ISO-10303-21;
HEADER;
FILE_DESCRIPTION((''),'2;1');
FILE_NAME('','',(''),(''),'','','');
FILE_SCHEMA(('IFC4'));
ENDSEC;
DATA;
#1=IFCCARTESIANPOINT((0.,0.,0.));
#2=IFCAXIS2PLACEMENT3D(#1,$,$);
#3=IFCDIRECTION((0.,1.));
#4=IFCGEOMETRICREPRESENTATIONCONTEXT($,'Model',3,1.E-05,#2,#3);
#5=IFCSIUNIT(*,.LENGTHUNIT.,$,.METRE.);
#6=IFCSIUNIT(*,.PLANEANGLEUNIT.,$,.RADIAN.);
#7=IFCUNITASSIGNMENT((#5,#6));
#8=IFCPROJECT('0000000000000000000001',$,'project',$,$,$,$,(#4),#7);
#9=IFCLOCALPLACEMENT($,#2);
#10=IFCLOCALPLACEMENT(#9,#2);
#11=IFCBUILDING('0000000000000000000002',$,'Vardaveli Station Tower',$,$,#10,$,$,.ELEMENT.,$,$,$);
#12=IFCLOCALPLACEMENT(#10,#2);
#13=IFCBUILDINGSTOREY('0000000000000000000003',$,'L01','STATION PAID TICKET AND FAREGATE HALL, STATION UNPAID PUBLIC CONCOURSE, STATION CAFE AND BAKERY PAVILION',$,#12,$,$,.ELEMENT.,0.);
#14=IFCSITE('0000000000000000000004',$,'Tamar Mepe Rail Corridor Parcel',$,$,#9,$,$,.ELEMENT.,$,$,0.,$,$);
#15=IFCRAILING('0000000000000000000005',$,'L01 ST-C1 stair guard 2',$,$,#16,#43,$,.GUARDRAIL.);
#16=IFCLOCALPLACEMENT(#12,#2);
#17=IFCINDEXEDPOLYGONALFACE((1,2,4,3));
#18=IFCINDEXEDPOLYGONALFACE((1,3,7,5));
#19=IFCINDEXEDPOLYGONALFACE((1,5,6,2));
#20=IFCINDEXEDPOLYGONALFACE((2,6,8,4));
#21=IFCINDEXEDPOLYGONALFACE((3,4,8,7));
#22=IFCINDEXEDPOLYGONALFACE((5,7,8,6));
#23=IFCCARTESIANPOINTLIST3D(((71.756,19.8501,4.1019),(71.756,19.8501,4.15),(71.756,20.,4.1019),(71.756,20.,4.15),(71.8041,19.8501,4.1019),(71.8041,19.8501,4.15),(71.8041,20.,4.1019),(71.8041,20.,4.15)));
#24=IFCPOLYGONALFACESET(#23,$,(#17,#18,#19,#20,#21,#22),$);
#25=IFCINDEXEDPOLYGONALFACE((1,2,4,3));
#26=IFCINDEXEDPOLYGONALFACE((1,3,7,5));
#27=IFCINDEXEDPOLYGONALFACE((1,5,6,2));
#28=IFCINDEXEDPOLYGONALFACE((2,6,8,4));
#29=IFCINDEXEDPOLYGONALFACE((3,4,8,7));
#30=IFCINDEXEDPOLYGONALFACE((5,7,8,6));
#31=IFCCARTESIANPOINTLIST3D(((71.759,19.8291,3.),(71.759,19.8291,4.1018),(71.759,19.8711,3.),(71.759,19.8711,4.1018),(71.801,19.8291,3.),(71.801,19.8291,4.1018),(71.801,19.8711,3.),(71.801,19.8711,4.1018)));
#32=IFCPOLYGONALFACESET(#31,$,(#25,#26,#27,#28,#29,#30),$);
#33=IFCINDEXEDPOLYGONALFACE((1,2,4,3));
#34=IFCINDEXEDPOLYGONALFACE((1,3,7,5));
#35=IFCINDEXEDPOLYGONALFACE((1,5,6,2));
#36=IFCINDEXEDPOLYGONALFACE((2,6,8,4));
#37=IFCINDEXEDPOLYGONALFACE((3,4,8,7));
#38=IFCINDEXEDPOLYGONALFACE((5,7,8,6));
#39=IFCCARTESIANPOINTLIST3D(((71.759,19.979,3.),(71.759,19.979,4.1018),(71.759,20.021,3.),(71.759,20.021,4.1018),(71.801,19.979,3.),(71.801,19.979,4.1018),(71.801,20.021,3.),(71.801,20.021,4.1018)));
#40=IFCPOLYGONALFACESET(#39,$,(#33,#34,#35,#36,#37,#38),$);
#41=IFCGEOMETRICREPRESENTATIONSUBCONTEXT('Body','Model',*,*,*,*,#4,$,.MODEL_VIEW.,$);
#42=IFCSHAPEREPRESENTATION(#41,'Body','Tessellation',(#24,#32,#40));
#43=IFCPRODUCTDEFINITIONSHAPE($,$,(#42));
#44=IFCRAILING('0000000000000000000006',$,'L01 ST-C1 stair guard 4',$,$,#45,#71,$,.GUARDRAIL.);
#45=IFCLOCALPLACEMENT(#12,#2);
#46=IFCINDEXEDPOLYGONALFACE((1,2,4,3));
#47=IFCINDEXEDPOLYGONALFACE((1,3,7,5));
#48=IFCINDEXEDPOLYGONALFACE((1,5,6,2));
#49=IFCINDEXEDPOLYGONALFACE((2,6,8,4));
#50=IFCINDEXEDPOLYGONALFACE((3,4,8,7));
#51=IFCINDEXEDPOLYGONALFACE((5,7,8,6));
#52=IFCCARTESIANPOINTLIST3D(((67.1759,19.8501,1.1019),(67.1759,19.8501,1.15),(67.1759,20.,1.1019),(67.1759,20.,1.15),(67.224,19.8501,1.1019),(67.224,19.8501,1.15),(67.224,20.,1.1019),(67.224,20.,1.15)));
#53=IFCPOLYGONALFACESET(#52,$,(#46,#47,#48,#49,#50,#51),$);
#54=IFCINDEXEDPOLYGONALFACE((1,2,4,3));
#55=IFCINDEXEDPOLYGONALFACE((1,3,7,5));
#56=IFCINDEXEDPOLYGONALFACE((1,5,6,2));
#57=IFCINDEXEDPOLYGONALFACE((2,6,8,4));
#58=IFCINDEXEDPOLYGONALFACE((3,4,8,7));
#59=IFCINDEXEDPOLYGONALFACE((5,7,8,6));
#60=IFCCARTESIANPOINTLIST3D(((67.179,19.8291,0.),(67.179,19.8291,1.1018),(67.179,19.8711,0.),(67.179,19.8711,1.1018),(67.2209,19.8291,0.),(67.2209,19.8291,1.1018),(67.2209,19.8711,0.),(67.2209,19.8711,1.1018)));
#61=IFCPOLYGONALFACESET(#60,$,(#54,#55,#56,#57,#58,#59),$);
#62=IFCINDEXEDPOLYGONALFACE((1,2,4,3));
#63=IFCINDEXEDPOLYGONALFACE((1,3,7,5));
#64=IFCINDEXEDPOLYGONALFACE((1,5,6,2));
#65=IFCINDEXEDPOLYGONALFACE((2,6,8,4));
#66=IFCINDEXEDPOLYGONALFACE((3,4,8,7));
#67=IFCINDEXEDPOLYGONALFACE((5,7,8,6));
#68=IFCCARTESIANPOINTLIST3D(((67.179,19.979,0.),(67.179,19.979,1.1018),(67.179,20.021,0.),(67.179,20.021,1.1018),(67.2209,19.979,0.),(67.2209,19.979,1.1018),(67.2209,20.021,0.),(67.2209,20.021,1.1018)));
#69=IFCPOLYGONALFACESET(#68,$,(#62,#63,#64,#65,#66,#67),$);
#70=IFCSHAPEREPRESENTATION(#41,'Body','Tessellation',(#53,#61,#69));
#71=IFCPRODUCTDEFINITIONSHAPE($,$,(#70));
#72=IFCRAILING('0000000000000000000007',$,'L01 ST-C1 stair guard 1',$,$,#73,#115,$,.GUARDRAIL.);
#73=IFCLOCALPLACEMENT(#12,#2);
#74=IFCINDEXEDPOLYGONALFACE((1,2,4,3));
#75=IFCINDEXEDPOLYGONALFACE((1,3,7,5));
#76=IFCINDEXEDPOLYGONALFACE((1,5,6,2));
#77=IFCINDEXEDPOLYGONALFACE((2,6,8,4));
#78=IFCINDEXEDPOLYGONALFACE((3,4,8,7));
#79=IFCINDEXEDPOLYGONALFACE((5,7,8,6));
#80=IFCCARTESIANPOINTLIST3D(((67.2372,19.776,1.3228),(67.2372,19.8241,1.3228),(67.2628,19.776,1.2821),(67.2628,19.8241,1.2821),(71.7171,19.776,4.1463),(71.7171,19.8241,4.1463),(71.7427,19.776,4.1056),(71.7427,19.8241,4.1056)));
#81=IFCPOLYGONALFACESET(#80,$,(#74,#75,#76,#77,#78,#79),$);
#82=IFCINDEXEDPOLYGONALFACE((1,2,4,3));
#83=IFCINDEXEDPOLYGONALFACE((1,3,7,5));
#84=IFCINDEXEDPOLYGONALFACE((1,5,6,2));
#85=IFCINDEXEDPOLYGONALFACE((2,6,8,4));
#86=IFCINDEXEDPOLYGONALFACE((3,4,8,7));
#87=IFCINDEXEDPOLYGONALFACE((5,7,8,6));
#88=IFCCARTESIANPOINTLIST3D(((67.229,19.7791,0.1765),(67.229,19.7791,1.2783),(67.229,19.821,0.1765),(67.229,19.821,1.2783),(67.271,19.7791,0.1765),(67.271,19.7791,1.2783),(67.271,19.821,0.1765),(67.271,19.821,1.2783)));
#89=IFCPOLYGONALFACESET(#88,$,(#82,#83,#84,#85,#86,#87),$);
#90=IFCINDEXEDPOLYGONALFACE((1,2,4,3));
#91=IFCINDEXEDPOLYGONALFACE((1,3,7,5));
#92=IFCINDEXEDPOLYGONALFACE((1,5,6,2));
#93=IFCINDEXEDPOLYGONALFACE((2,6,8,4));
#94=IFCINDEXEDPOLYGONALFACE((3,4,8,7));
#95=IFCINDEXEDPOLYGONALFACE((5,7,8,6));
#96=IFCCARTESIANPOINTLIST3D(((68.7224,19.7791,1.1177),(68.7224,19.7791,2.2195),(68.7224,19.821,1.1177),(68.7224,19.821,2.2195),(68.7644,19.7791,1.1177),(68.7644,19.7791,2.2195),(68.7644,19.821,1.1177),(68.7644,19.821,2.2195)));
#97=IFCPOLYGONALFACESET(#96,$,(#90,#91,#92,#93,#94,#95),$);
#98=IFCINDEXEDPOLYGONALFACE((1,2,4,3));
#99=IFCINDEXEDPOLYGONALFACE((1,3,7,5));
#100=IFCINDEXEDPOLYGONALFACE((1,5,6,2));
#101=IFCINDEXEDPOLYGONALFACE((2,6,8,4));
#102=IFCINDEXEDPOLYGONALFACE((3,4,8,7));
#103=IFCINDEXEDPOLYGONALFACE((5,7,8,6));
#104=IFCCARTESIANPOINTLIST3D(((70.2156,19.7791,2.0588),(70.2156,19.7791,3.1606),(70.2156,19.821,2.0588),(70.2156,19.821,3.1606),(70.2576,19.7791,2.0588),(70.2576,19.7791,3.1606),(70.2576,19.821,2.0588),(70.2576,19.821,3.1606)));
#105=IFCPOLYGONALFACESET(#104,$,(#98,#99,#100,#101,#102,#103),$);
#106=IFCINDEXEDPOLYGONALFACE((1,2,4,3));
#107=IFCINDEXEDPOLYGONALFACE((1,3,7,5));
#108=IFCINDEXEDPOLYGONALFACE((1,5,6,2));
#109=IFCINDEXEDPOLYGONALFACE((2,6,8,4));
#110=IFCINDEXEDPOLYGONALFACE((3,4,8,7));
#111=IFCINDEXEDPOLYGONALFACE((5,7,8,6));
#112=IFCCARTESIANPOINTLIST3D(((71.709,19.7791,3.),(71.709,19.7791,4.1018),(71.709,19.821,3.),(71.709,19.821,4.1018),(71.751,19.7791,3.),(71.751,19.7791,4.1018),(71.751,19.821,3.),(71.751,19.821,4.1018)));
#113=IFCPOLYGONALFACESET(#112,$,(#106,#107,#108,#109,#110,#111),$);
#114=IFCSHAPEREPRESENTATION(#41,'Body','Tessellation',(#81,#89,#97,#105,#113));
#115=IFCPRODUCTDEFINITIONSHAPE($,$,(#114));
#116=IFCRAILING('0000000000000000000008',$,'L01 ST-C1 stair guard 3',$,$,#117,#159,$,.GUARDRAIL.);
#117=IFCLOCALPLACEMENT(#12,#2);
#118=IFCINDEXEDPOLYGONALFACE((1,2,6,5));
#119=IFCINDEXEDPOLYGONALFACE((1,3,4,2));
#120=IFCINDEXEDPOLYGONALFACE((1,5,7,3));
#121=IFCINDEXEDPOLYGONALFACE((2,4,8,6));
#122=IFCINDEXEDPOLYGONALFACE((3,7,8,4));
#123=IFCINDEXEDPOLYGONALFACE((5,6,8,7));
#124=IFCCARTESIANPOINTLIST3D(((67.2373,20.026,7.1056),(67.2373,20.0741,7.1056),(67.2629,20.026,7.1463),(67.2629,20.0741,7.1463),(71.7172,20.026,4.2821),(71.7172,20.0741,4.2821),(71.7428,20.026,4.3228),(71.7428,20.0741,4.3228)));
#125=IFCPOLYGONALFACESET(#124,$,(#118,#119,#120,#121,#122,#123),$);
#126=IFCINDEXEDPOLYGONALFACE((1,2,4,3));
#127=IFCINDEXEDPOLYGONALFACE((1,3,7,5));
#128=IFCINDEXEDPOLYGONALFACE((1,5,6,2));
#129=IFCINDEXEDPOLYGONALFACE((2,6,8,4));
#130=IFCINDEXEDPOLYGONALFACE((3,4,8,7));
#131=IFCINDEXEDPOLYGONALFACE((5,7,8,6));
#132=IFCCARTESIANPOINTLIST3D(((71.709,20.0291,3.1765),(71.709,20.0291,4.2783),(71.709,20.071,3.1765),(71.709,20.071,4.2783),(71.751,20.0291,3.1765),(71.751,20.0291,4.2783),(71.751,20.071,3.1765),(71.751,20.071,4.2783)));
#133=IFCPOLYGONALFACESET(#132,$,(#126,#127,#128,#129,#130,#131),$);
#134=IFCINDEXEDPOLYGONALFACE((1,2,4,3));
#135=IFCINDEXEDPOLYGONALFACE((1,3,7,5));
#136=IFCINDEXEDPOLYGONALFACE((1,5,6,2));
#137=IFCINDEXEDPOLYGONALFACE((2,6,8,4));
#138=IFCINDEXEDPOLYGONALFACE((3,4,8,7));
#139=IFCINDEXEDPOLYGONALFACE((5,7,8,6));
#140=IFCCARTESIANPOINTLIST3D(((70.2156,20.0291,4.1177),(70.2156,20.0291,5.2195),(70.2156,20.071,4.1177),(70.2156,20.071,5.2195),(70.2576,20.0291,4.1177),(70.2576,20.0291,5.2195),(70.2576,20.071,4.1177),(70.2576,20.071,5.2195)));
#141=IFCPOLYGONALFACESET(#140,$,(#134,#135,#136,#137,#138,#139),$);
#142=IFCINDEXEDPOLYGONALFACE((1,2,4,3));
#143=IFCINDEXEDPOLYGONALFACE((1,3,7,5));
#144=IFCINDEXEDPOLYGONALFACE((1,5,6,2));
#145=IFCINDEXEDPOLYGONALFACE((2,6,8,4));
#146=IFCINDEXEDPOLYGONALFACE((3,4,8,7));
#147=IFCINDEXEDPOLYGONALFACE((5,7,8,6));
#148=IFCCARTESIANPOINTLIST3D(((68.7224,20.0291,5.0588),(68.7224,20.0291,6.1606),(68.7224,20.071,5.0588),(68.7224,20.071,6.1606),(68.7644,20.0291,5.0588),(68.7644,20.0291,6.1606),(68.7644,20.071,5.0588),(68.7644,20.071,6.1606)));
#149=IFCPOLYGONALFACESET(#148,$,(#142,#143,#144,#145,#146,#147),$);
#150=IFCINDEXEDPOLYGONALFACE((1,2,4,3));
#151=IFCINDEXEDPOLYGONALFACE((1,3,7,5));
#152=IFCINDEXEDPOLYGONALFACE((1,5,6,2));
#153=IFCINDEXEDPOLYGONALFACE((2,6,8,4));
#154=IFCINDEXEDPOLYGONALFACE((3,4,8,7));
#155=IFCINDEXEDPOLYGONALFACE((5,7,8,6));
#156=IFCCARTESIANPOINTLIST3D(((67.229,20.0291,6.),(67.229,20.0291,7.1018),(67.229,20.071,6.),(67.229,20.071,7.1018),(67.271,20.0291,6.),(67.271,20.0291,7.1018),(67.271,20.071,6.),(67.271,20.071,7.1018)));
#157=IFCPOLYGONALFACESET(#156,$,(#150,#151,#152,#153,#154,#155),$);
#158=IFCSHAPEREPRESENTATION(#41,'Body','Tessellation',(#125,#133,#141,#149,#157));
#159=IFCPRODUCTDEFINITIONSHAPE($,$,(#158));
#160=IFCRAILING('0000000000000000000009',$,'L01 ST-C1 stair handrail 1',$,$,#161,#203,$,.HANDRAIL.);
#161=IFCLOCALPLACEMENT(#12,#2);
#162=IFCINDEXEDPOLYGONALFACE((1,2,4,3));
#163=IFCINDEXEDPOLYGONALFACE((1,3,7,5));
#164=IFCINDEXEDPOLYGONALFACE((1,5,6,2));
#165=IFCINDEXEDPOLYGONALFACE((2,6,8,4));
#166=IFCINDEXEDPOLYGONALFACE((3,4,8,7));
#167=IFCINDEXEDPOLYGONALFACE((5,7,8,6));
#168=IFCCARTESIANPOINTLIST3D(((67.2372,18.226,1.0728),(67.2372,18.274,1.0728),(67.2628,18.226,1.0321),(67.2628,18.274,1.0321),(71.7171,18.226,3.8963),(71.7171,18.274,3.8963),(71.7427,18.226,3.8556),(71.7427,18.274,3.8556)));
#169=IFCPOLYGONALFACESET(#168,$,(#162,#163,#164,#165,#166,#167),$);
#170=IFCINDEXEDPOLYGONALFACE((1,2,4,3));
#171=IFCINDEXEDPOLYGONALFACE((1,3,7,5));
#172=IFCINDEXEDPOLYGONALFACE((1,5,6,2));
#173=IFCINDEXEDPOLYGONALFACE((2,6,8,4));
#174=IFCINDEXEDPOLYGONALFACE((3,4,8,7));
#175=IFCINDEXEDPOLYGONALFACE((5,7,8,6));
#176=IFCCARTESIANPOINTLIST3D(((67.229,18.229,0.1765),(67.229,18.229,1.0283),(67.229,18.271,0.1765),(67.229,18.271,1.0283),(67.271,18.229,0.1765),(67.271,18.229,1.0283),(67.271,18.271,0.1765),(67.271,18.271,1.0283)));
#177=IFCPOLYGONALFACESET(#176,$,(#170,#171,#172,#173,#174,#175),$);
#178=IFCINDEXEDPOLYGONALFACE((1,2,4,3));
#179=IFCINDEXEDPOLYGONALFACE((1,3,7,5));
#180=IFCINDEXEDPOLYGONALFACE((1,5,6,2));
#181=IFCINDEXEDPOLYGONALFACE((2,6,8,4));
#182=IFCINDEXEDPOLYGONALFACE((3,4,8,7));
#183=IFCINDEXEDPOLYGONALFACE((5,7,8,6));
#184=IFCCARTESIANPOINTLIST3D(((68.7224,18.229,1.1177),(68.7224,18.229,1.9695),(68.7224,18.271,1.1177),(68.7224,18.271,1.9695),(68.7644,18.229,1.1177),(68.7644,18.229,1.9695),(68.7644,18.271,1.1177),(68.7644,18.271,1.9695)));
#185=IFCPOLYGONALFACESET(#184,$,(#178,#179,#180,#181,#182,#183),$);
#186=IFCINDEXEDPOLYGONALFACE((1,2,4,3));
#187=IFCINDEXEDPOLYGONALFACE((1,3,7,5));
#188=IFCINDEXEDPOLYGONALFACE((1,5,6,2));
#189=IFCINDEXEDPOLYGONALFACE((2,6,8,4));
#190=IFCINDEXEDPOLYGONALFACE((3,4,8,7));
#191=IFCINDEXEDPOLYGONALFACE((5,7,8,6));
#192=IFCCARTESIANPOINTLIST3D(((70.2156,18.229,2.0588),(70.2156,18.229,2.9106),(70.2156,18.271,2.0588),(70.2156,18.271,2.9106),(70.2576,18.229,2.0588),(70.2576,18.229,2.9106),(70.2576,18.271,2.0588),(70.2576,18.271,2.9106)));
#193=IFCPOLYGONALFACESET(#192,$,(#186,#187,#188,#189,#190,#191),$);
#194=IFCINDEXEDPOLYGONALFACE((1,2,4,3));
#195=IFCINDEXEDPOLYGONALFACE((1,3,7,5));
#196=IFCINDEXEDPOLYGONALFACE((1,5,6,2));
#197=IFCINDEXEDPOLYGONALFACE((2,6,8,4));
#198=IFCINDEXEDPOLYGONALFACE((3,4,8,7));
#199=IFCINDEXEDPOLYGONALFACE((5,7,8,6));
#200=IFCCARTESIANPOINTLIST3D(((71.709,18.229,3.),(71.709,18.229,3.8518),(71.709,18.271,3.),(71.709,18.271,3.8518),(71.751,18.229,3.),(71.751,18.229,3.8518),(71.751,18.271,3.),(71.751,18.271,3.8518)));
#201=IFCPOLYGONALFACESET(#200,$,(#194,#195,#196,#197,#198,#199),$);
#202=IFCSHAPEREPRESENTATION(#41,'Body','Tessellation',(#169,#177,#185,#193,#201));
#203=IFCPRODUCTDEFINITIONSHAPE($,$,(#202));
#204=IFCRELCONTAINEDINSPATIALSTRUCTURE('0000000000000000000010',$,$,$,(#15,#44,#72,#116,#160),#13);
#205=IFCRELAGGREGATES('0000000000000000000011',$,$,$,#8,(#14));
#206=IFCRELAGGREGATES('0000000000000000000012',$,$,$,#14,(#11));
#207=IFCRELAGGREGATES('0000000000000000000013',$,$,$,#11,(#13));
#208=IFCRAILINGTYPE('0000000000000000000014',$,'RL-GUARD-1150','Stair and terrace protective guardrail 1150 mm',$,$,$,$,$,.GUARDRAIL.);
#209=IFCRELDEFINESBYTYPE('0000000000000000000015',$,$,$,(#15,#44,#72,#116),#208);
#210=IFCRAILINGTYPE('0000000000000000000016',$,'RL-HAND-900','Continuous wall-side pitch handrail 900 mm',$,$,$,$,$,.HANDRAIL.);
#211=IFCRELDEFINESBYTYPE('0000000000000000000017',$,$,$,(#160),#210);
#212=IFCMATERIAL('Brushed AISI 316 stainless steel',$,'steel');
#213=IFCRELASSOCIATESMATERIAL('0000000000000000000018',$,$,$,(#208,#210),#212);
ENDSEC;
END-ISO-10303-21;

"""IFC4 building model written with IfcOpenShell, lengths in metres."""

from ifc_helpers import new_model, si_unit, direction, frame, origin, origin_2d, place, context, subcontext, project, spatial, rectangle, extrude, source, transform, mapped, material, type_object, element, save


model = new_model("IFC4")

# Units and contexts
model_context = context("Model", 3, precision=1e-05, world=origin(), true_north=direction((0.0, 1.0)))
body_context = subcontext(model_context, "Body", "Model", "MODEL_VIEW")
ifc_project = project(units=[si_unit("LENGTHUNIT", "METRE"), si_unit("PLANEANGLEUNIT", "RADIAN")], contexts=[model_context])

# Site, building, storey
site_placement = place(None, origin())
site = spatial("IfcSite", under=ifc_project, at=site_placement, Name="Tamar Mepe Rail Corridor Parcel", CompositionType="ELEMENT", RefElevation=0.0)
building_placement = place(site_placement, origin())
building = spatial("IfcBuilding", under=site, at=building_placement, Name="Vardaveli Station Tower", CompositionType="ELEMENT")
storey_placement = place(building_placement, origin())
storey = spatial("IfcBuildingStorey", under=building, at=storey_placement, Name="L01", Description="STATION PAID TICKET AND FAREGATE HALL, STATION UNPAID PUBLIC CONCOURSE, STATION CAFE AND BAKERY PAVILION", CompositionType="ELEMENT", Elevation=0.0)

# Railings
ifc_material_1 = material(Name="Brushed AISI 316 stainless steel", Category="steel")
railing_type_1 = type_object("IfcRailingType", Name="RL-GUARD-1150", Description="Stair and terrace protective guardrail 1150 mm", PredefinedType="GUARDRAIL", material=ifc_material_1)
shared_shape_1 = source(origin(), body_context, "Body", "SweptSolid", [
    extrude(rectangle(XDim=0.0481, YDim=0.0481, at=origin_2d()), frame((0.0, 0.0, 1.126), z_axis=(0.0, 1.0, 0.0), x_axis=(-1.0, 0.0, 0.0)), (0.0, 0.0, 1.0), 0.1499),
    extrude(rectangle(XDim=0.042, YDim=0.042, at=origin_2d()), origin(), (0.0, 0.0, 1.0), 1.1018),
    extrude(rectangle(XDim=0.042, YDim=0.042, at=origin_2d()), frame((0.0, 0.1499, 0.0)), (0.0, 0.0, 1.0), 1.1018),
])
for number, where, name in (
    (1, (71.78, 19.8501, 3.0), "L01 ST-C1 stair guard 2"),
    (2, (67.2, 19.8501, 0.0), "L01 ST-C1 stair guard 4"),
):
    element("IfcRailing", number, at=place(storey_placement, frame(where)), inside=storey, type_object=railing_type_1, Name=name, PredefinedType="GUARDRAIL", context=body_context, shape_type="MappedRepresentation", body=[
        mapped(shared_shape_1, transform((0.0, 0.0, 0.0), scale=1.0)),
    ])
shared_shape_2 = source(origin(), body_context, "Body", "SweptSolid", [
    extrude(rectangle(XDim=0.0481, YDim=0.0481, at=origin_2d()), frame((0.0, 0.0, 1.126), z_axis=(0.845998, 0.0, 0.533186), x_axis=(0.0, 1.0, 0.0)), (0.0, 0.0, 1.0), 5.2954),
    extrude(rectangle(XDim=0.042, YDim=0.042, at=origin_2d()), origin(), (0.0, 0.0, 1.0), 1.1018),
    extrude(rectangle(XDim=0.042, YDim=0.042, at=origin_2d()), frame((1.4934, 0.0, 0.9412)), (0.0, 0.0, 1.0), 1.1018),
    extrude(rectangle(XDim=0.042, YDim=0.042, at=origin_2d()), frame((2.9866, 0.0, 1.8823)), (0.0, 0.0, 1.0), 1.1018),
    extrude(rectangle(XDim=0.042, YDim=0.042, at=origin_2d()), frame((4.48, 0.0, 2.8235)), (0.0, 0.0, 1.0), 1.1018),
])
railing_1_placement = place(storey_placement, frame((67.25, 19.8, 0.1765)))
element("IfcRailing", 3, at=railing_1_placement, inside=storey, type_object=railing_type_1, Name="L01 ST-C1 stair guard 1", PredefinedType="GUARDRAIL", context=body_context, shape_type="MappedRepresentation", body=[
    mapped(shared_shape_2, transform((0.0, 0.0, 0.0), scale=1.0)),
])
shared_shape_3 = source(origin(), body_context, "Body", "SweptSolid", [
    extrude(rectangle(XDim=0.0481, YDim=0.0481, at=origin_2d()), frame((0.0, 0.0, 1.126), z_axis=(-0.845998, 0.0, 0.533186), x_axis=(0.0, -1.0, 0.0)), (0.0, 0.0, 1.0), 5.2954),
    extrude(rectangle(XDim=0.042, YDim=0.042, at=origin_2d()), origin(), (0.0, 0.0, 1.0), 1.1018),
    extrude(rectangle(XDim=0.042, YDim=0.042, at=origin_2d()), frame((-1.4934, 0.0, 0.9412)), (0.0, 0.0, 1.0), 1.1018),
    extrude(rectangle(XDim=0.042, YDim=0.042, at=origin_2d()), frame((-2.9866, 0.0, 1.8823)), (0.0, 0.0, 1.0), 1.1018),
    extrude(rectangle(XDim=0.042, YDim=0.042, at=origin_2d()), frame((-4.48, 0.0, 2.8235)), (0.0, 0.0, 1.0), 1.1018),
])
railing_2_placement = place(storey_placement, frame((71.73, 20.05, 3.1765)))
element("IfcRailing", 4, at=railing_2_placement, inside=storey, type_object=railing_type_1, Name="L01 ST-C1 stair guard 3", PredefinedType="GUARDRAIL", context=body_context, shape_type="MappedRepresentation", body=[
    mapped(shared_shape_3, transform((0.0, 0.0, 0.0), scale=1.0)),
])
railing_type_2 = type_object("IfcRailingType", Name="RL-HAND-900", Description="Continuous wall-side pitch handrail 900 mm", PredefinedType="HANDRAIL", material=ifc_material_1)
shared_shape_4 = source(origin(), body_context, "Body", "SweptSolid", [
    extrude(rectangle(XDim=0.0481, YDim=0.0481, at=origin_2d()), frame((0.0, 0.0, 0.876), z_axis=(0.845998, 0.0, 0.533186), x_axis=(0.0, 1.0, 0.0)), (0.0, 0.0, 1.0), 5.2954),
    extrude(rectangle(XDim=0.042, YDim=0.042, at=origin_2d()), origin(), (0.0, 0.0, 1.0), 0.8518),
    extrude(rectangle(XDim=0.042, YDim=0.042, at=origin_2d()), frame((1.4934, 0.0, 0.9412)), (0.0, 0.0, 1.0), 0.8518),
    extrude(rectangle(XDim=0.042, YDim=0.042, at=origin_2d()), frame((2.9866, 0.0, 1.8823)), (0.0, 0.0, 1.0), 0.8518),
    extrude(rectangle(XDim=0.042, YDim=0.042, at=origin_2d()), frame((4.48, 0.0, 2.8235)), (0.0, 0.0, 1.0), 0.8518),
])
railing_3_placement = place(storey_placement, frame((67.25, 18.25, 0.1765)))
element("IfcRailing", 5, at=railing_3_placement, inside=storey, type_object=railing_type_2, Name="L01 ST-C1 stair handrail 1", PredefinedType="HANDRAIL", context=body_context, shape_type="MappedRepresentation", body=[
    mapped(shared_shape_4, transform((0.0, 0.0, 0.0), scale=1.0)),
])

save(model, "model.ifc")
